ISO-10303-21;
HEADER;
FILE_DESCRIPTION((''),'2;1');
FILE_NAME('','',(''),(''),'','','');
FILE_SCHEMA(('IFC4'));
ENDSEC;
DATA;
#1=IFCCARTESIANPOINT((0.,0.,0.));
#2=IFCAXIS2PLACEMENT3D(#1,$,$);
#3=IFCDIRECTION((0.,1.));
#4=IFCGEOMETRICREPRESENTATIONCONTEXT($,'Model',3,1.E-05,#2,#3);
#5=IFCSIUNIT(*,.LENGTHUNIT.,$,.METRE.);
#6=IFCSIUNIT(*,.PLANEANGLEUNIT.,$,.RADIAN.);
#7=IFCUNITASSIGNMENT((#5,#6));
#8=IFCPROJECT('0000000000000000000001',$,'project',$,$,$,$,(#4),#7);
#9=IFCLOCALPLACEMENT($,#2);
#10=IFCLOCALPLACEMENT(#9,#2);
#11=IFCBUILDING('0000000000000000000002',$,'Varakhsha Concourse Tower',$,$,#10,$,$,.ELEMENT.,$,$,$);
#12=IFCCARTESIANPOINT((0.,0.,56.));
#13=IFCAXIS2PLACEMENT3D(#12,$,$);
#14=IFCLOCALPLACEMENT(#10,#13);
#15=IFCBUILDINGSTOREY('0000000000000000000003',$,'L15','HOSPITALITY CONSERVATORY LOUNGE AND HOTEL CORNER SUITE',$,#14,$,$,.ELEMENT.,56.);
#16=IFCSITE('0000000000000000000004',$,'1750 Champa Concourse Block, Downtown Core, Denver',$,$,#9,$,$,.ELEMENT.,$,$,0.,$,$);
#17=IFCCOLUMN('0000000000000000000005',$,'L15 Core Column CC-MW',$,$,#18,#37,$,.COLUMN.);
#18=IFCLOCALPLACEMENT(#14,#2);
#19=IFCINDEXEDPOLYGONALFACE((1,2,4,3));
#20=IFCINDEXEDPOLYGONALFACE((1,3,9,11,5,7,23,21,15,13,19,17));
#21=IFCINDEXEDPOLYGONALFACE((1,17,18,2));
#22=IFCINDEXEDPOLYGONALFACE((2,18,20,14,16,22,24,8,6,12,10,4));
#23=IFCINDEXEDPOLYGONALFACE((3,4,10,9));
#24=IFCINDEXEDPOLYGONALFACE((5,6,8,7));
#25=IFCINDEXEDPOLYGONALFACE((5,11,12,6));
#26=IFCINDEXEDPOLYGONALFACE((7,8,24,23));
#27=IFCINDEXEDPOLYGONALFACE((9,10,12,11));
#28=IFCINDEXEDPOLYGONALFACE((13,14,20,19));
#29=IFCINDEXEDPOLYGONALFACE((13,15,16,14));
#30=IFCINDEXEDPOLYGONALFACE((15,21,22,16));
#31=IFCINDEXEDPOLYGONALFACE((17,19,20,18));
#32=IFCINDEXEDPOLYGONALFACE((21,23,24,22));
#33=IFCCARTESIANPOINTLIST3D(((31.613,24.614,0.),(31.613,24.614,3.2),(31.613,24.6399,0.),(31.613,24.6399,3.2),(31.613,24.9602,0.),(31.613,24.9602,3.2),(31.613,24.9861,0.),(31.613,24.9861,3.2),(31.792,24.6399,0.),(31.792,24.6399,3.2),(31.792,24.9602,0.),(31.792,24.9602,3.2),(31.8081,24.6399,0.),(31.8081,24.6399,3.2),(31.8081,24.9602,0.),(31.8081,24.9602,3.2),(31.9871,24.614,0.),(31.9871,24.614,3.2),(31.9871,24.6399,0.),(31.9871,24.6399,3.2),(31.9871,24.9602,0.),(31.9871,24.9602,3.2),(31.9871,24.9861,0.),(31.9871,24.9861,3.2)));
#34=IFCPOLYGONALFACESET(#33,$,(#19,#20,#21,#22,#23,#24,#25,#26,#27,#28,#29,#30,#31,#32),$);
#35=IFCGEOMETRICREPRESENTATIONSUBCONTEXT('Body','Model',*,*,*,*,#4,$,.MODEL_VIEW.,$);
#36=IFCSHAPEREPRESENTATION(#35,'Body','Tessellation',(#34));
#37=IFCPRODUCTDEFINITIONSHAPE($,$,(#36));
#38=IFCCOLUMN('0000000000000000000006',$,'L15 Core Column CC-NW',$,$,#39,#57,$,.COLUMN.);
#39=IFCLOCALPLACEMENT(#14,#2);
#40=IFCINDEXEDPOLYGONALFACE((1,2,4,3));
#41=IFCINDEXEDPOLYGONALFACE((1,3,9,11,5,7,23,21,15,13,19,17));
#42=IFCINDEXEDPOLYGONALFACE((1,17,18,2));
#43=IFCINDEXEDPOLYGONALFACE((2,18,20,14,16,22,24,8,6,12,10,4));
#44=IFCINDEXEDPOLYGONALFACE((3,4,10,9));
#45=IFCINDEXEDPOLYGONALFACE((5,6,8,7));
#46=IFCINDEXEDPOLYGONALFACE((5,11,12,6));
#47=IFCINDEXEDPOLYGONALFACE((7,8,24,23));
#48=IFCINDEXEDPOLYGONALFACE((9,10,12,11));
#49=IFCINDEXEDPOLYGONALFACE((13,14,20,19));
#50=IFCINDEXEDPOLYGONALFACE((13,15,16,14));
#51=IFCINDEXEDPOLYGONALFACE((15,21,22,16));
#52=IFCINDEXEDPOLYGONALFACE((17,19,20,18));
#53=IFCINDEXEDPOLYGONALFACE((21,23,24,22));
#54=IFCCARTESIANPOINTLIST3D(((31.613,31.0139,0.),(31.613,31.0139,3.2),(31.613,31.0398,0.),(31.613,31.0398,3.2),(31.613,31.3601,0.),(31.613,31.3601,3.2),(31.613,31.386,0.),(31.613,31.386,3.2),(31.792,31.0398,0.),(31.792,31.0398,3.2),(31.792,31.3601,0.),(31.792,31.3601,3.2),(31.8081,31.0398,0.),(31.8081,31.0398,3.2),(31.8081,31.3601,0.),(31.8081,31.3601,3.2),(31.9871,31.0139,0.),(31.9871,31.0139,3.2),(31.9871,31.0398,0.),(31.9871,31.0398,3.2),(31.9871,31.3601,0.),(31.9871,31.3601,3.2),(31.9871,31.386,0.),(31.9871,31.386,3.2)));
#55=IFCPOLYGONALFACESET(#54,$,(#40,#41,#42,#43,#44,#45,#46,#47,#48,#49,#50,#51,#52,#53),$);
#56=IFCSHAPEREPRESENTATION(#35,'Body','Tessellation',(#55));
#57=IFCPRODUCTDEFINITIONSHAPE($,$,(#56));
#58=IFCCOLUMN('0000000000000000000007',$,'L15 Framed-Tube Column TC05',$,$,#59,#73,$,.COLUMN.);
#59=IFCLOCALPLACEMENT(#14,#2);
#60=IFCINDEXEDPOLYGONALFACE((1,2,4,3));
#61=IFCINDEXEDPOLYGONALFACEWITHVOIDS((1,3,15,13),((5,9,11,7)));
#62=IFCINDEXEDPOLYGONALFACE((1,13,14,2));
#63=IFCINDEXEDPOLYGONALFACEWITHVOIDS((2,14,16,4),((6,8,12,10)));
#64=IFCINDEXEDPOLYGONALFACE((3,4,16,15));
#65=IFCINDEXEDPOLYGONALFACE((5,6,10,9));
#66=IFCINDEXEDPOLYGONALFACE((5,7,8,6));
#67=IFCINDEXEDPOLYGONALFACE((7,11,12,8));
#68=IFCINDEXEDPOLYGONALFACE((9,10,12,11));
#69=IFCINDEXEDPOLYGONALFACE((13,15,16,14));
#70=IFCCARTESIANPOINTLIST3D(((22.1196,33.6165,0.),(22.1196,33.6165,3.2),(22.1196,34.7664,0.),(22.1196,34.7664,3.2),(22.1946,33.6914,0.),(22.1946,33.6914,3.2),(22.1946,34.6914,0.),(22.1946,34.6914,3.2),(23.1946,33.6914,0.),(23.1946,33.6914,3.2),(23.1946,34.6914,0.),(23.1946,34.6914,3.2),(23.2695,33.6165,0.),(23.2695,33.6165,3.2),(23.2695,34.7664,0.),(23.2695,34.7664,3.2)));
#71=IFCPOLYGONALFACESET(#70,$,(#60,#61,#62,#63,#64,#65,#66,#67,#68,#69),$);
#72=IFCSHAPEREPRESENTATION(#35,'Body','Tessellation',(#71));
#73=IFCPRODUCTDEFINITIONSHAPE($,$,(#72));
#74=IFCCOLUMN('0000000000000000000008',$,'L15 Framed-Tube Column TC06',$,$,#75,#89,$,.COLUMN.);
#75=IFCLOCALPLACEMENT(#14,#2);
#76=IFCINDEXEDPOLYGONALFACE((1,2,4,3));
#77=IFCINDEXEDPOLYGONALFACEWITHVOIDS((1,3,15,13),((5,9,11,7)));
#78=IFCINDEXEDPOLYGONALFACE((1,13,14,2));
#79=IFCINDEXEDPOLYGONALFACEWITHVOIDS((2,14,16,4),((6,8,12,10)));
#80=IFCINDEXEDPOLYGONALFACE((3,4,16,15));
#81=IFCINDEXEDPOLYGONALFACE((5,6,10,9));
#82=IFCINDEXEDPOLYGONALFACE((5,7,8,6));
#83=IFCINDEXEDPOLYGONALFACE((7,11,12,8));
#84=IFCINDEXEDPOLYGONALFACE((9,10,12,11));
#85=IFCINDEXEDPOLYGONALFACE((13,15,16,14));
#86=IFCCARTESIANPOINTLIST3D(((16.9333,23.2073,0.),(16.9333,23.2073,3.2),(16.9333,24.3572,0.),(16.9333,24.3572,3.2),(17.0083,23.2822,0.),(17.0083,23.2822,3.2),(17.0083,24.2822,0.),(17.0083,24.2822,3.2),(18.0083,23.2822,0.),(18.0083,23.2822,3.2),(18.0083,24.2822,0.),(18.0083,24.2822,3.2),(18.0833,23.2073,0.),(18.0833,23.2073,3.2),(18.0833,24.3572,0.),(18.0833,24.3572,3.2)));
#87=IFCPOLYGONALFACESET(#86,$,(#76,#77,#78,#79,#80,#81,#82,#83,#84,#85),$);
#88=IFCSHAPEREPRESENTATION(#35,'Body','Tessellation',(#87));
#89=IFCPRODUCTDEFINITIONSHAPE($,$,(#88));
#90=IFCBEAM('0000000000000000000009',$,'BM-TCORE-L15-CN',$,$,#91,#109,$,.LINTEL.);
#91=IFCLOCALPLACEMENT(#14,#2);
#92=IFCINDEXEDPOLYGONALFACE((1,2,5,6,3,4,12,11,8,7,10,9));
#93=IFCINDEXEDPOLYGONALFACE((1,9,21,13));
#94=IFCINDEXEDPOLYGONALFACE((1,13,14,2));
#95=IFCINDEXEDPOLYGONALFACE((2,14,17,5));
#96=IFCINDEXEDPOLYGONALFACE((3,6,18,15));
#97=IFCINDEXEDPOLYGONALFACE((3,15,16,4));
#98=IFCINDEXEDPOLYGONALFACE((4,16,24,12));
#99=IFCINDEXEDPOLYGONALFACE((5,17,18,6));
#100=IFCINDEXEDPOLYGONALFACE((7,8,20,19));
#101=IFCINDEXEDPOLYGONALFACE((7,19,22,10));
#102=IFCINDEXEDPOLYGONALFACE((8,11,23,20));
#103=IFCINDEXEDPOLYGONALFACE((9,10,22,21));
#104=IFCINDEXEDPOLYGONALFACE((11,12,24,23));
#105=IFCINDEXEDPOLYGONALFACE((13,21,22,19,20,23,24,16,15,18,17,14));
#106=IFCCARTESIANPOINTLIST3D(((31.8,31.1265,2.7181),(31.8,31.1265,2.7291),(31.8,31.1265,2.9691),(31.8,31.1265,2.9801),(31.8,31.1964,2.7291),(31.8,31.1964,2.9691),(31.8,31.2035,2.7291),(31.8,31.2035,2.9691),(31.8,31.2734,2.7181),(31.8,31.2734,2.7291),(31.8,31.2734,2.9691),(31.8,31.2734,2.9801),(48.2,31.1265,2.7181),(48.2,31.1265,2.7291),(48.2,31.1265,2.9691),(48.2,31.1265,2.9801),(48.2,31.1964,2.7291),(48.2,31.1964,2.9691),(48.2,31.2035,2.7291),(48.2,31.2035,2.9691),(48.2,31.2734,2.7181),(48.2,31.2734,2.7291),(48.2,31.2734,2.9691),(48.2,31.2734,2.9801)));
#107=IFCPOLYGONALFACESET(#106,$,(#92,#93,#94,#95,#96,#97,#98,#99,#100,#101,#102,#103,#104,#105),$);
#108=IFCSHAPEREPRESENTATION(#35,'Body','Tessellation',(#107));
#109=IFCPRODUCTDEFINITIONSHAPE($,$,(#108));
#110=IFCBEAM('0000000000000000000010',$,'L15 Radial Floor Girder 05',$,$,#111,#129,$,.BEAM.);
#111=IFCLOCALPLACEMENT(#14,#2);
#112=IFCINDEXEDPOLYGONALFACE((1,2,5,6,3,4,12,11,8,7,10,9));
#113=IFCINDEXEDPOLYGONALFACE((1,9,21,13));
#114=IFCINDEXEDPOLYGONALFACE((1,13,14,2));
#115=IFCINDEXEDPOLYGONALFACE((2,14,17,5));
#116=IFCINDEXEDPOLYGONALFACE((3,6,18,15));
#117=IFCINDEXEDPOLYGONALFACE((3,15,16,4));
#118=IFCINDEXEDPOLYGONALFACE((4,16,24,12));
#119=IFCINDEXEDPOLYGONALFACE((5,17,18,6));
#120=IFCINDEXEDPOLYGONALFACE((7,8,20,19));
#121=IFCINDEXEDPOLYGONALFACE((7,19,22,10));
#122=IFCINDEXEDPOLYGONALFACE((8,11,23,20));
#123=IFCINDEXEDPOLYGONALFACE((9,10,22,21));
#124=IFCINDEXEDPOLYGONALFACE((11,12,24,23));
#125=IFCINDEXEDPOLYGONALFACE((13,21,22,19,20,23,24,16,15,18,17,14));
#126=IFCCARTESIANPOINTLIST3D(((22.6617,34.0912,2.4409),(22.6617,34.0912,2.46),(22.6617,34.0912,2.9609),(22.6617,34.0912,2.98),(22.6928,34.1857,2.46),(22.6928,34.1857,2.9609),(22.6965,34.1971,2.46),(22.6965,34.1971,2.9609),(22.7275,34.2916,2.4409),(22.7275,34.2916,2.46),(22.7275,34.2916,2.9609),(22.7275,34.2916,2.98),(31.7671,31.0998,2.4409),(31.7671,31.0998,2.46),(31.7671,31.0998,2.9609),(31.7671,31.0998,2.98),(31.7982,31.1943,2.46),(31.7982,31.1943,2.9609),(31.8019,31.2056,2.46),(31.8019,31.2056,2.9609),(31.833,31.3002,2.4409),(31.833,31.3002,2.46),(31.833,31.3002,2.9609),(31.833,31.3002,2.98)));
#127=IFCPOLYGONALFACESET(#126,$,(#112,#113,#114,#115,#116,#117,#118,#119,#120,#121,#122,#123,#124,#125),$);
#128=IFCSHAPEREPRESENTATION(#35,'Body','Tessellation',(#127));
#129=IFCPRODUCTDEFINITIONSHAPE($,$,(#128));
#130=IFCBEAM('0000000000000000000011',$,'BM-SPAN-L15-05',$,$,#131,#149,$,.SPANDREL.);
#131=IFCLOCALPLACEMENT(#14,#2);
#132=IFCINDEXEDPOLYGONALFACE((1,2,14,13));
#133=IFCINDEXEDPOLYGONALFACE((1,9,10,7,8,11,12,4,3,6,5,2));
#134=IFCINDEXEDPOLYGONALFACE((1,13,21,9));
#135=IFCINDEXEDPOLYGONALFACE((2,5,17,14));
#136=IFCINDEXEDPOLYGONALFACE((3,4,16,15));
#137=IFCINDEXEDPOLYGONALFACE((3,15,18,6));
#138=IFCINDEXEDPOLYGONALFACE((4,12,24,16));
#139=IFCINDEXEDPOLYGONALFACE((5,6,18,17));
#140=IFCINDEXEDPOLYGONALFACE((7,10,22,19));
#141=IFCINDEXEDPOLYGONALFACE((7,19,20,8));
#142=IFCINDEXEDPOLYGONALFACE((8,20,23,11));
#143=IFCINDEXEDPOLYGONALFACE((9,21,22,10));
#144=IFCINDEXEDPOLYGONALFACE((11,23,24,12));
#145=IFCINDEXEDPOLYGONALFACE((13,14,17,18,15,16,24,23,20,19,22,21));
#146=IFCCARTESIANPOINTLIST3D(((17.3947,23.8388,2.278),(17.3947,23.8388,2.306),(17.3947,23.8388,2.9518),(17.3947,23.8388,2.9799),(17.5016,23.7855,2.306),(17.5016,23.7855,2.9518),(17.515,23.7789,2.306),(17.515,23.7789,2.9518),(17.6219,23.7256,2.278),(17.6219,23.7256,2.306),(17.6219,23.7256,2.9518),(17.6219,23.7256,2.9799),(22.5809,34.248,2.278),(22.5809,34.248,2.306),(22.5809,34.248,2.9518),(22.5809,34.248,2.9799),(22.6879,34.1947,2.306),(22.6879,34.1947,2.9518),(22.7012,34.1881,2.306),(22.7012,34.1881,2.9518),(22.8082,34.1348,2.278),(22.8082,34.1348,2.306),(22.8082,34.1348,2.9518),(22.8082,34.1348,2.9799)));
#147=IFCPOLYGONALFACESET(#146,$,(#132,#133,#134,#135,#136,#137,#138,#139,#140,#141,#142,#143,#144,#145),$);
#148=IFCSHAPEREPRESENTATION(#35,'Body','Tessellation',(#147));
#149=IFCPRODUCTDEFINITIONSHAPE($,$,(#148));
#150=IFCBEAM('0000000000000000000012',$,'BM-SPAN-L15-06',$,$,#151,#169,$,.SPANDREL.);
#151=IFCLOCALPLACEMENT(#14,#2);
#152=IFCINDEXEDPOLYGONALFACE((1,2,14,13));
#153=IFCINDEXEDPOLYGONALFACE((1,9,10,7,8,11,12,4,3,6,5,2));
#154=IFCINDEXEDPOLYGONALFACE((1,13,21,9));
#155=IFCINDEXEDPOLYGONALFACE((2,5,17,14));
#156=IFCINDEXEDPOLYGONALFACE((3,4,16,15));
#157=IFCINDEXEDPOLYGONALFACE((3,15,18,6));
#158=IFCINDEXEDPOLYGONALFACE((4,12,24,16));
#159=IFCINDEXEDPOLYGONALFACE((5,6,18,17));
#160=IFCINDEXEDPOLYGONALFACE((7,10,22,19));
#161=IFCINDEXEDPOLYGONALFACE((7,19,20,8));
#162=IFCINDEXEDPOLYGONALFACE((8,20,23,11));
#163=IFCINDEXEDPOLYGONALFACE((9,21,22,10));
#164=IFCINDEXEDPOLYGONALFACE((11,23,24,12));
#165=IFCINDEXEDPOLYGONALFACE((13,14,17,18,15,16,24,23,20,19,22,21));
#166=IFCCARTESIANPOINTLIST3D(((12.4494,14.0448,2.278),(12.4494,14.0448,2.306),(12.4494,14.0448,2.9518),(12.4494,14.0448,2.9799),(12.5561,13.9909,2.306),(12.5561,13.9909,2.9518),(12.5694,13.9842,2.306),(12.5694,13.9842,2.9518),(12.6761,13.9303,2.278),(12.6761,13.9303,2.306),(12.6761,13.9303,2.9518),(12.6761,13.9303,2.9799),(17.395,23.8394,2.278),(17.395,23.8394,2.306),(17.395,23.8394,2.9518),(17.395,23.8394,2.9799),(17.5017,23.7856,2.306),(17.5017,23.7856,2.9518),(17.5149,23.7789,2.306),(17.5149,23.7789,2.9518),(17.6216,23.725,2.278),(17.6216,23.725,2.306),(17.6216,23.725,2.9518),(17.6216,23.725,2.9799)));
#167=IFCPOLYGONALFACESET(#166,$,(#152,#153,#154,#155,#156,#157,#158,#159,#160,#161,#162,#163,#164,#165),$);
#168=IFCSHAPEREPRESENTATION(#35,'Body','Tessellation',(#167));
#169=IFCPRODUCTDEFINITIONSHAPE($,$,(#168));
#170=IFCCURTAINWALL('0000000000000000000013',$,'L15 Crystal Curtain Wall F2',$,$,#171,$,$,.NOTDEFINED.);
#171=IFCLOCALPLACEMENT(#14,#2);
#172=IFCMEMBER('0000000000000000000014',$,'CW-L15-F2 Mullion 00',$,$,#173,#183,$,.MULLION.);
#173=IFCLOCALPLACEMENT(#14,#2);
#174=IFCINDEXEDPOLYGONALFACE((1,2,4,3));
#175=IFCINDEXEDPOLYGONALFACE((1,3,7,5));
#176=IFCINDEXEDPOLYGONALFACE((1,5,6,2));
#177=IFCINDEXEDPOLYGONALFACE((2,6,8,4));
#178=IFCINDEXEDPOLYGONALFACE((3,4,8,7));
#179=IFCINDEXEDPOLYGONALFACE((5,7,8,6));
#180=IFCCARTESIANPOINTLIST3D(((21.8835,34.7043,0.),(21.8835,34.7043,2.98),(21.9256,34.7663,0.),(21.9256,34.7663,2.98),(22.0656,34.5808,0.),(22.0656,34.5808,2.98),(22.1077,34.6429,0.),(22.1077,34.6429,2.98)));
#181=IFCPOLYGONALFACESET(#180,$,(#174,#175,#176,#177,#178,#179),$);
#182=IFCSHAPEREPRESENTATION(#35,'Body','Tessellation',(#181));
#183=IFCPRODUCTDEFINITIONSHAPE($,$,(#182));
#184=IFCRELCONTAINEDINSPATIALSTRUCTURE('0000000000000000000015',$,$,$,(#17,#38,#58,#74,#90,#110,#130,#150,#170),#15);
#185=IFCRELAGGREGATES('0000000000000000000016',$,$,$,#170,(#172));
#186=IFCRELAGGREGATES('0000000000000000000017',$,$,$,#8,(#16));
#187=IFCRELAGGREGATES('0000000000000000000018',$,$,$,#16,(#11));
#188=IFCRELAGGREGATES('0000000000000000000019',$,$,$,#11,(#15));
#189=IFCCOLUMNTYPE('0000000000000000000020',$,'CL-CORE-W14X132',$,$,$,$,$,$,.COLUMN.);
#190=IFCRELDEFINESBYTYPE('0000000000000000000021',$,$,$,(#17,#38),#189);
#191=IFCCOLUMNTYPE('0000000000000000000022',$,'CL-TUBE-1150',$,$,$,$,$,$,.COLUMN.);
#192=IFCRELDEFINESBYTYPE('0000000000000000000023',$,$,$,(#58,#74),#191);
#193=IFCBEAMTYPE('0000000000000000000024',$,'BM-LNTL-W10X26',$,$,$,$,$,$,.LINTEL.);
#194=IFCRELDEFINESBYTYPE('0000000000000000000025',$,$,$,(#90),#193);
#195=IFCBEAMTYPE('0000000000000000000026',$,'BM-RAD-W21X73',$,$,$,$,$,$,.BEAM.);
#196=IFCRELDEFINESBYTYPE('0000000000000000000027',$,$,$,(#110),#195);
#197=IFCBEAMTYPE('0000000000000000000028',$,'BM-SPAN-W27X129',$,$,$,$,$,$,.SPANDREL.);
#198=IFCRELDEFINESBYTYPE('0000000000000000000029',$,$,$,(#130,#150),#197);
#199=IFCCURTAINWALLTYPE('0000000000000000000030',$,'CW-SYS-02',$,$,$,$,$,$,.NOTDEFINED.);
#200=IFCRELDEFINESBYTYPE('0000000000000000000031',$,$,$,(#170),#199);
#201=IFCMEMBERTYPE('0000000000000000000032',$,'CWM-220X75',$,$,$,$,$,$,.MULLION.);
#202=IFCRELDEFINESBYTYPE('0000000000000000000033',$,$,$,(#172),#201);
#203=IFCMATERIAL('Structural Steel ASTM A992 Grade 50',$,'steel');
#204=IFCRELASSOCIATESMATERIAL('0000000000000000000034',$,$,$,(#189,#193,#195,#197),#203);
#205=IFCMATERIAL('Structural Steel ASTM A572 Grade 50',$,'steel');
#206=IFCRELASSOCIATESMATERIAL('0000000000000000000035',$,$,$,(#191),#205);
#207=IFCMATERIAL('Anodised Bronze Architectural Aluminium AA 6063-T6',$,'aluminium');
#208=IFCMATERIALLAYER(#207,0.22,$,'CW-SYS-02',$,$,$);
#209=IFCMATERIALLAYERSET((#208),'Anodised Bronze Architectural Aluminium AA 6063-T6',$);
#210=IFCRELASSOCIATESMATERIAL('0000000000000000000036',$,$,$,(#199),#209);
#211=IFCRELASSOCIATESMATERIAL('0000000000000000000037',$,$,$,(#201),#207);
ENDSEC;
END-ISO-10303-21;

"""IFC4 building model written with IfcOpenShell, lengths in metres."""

from ifc_helpers import new_model, si_unit, direction, frame, origin, origin_2d, place, context, subcontext, project, spatial, rectangle, hollow_rectangle, i_section, extrude, source, transform, mapped, material, layer, layer_set, material_profile, profile_set, type_object, type_shapes, element, aggregate, save


model = new_model("IFC4")

# Units and contexts
model_context = context("Model", 3, precision=1e-05, world=origin(), true_north=direction((0.0, 1.0)))
body_context = subcontext(model_context, "Body", "Model", "MODEL_VIEW")
ifc_project = project(units=[si_unit("LENGTHUNIT", "METRE"), si_unit("PLANEANGLEUNIT", "RADIAN")], contexts=[model_context])

# Site, building, storey
site_placement = place(None, origin())
site = spatial("IfcSite", under=ifc_project, at=site_placement, Name="1750 Champa Concourse Block, Downtown Core, Denver", CompositionType="ELEMENT", RefElevation=0.0)
building_placement = place(site_placement, origin())
building = spatial("IfcBuilding", under=site, at=building_placement, Name="Varakhsha Concourse Tower", CompositionType="ELEMENT")
storey_placement = place(building_placement, frame((0.0, 0.0, 56.0)))
storey = spatial("IfcBuildingStorey", under=building, at=storey_placement, Name="L15", Description="HOSPITALITY CONSERVATORY LOUNGE AND HOTEL CORNER SUITE", CompositionType="ELEMENT", Elevation=56.0)

# Columns
ifc_material_1 = material(Name="Structural Steel ASTM A992 Grade 50", Category="steel")
ifc_material_profile_1 = material_profile(ifc_material_1, i_section(OverallWidth=0.374, OverallDepth=0.3721, WebThickness=0.0161, FlangeThickness=0.0259, at=origin_2d()), Name="W14X132")
ifc_profile_set_1 = profile_set([ifc_material_profile_1], Name="Structural Steel ASTM A992 Grade 50")
column_type_1 = type_object("IfcColumnType", Name="CL-CORE-W14X132", PredefinedType="COLUMN", material=ifc_profile_set_1)
for number, where, z_axis, x_axis, name in (
    (1, (31.8, 24.8, 0.0), (0.0, 0.0, 1.0), (1.0, 0.0, 0.0), "L15 Core Column CC-MW"),
    (2, (31.8, 31.2, 0.0), (0.0, 0.0, 1.0), (1.0, 0.0, 0.0), "L15 Core Column CC-NW"),
):
    element("IfcColumn", number, at=place(storey_placement, frame(where, z_axis=z_axis, x_axis=x_axis)), inside=storey, type_object=column_type_1, Name=name, PredefinedType="COLUMN", context=body_context, shape_type="SweptSolid", body=[
        extrude(i_section(OverallWidth=0.374, OverallDepth=0.3721, WebThickness=0.0161, FlangeThickness=0.0259, at=origin_2d()), origin(), (0.0, 0.0, 1.0), 3.2),
    ])
ifc_material_2 = material(Name="Structural Steel ASTM A572 Grade 50", Category="steel")
ifc_material_profile_2 = material_profile(ifc_material_2, hollow_rectangle(XDim=1.1499, YDim=1.1499, WallThickness=0.075, at=origin_2d()), Name="BOX 1150x1150x75")
ifc_profile_set_2 = profile_set([ifc_material_profile_2], Name="Structural Steel ASTM A572 Grade 50")
column_type_2 = type_object("IfcColumnType", Name="CL-TUBE-1150", PredefinedType="COLUMN", material=ifc_profile_set_2)
for number, where, z_axis, x_axis, name in (
    (3, (22.6946, 34.1914, 0.0), (0.0, 0.0, 1.0), (1.0, 0.0, 0.0), "L15 Framed-Tube Column TC05"),
    (4, (17.5083, 23.7822, 0.0), (0.0, 0.0, 1.0), (1.0, 0.0, 0.0), "L15 Framed-Tube Column TC06"),
):
    element("IfcColumn", number, at=place(storey_placement, frame(where, z_axis=z_axis, x_axis=x_axis)), inside=storey, type_object=column_type_2, Name=name, PredefinedType="COLUMN", context=body_context, shape_type="SweptSolid", body=[
        extrude(hollow_rectangle(XDim=1.1499, YDim=1.1499, WallThickness=0.075, at=origin_2d()), origin(), (0.0, 0.0, 1.0), 3.2),
    ])

# Beams
ifc_material_profile_3 = material_profile(ifc_material_1, i_section(OverallWidth=0.147, OverallDepth=0.262, WebThickness=0.0071, FlangeThickness=0.011, at=origin_2d()), Name="W10X26")
ifc_profile_set_3 = profile_set([ifc_material_profile_3], Name="Structural Steel ASTM A992 Grade 50")
beam_type_1 = type_object("IfcBeamType", Name="BM-LNTL-W10X26", PredefinedType="LINTEL", material=ifc_profile_set_3)
beam_1_placement = place(storey_placement, frame((31.8, 31.2, 2.8491), z_axis=(1.0, 0.0, 0.0), x_axis=(0.0, 1.0, 0.0)))
element("IfcBeam", 5, at=beam_1_placement, inside=storey, type_object=beam_type_1, Name="BM-TCORE-L15-CN", PredefinedType="LINTEL", context=body_context, shape_type="SweptSolid", body=[
    extrude(i_section(OverallWidth=0.147, OverallDepth=0.262, WebThickness=0.0071, FlangeThickness=0.011, at=origin_2d()), origin(), (0.0, 0.0, 1.0), 16.3999),
])
ifc_material_profile_4 = material_profile(ifc_material_1, i_section(OverallWidth=0.2109, OverallDepth=0.5391, WebThickness=0.012, FlangeThickness=0.019, at=origin_2d()), Name="W21X73")
ifc_profile_set_4 = profile_set([ifc_material_profile_4], Name="Structural Steel ASTM A992 Grade 50")
beam_type_2 = type_object("IfcBeamType", Name="BM-RAD-W21X73", PredefinedType="BEAM", material=ifc_profile_set_4)
beam_2_placement = place(storey_placement, frame((31.8, 31.2, 2.7104), z_axis=(-0.950042, 0.312121, 0.0), x_axis=(-0.312121, -0.950042, 0.0)))
element("IfcBeam", 6, at=beam_2_placement, inside=storey, type_object=beam_type_2, Name="L15 Radial Floor Girder 05", PredefinedType="BEAM", context=body_context, shape_type="SweptSolid", body=[
    extrude(i_section(OverallWidth=0.2109, OverallDepth=0.5391, WebThickness=0.012, FlangeThickness=0.019, at=origin_2d()), origin(), (0.0, 0.0, 1.0), 9.5842),
])
ifc_material_profile_5 = material_profile(ifc_material_1, i_section(OverallWidth=0.2539, OverallDepth=0.7019, WebThickness=0.0149, FlangeThickness=0.0281, at=origin_2d()), Name="W27X129")
ifc_profile_set_5 = profile_set([ifc_material_profile_5], Name="Structural Steel ASTM A992 Grade 50")
beam_type_3 = type_object("IfcBeamType", Name="BM-SPAN-W27X129", PredefinedType="SPANDREL", material=ifc_profile_set_5)
beam_3_placement = place(storey_placement, frame((22.6946, 34.1914, 2.6289), z_axis=(-0.445954, -0.895056, 0.0), x_axis=(0.895056, -0.445954, 0.0)))
element("IfcBeam", 7, at=beam_3_placement, inside=storey, type_object=beam_type_3, Name="BM-SPAN-L15-05", PredefinedType="SPANDREL", context=body_context, shape_type="SweptSolid", body=[
    extrude(i_section(OverallWidth=0.2539, OverallDepth=0.7019, WebThickness=0.0149, FlangeThickness=0.0281, at=origin_2d()), origin(), (0.0, 0.0, 1.0), 11.6296),
])
beam_4_placement = place(storey_placement, frame((17.5083, 23.7822, 2.6289), z_axis=(-0.450726, -0.892663, 0.0), x_axis=(0.892663, -0.450726, 0.0)))
element("IfcBeam", 8, at=beam_4_placement, inside=storey, type_object=beam_type_3, Name="BM-SPAN-L15-06", PredefinedType="SPANDREL", context=body_context, shape_type="SweptSolid", body=[
    extrude(i_section(OverallWidth=0.2539, OverallDepth=0.7019, WebThickness=0.0149, FlangeThickness=0.0281, at=origin_2d()), origin(), (0.0, 0.0, 1.0), 10.9724),
])

# Curtain wall, member
ifc_material_3 = material(Name="Anodised Bronze Architectural Aluminium AA 6063-T6", Category="aluminium")
ifc_layer_1 = layer(ifc_material_3, 0.22, Name="CW-SYS-02")
ifc_layer_set_1 = layer_set([ifc_layer_1], Name="Anodised Bronze Architectural Aluminium AA 6063-T6")
curtain_wall_type = type_object("IfcCurtainWallType", Name="CW-SYS-02", PredefinedType="NOTDEFINED", material=ifc_layer_set_1)
curtain_wall_1_placement = place(storey_placement, origin())
curtain_wall_1 = element("IfcCurtainWall", 9, at=curtain_wall_1_placement, inside=storey, type_object=curtain_wall_type, Name="L15 Crystal Curtain Wall F2", PredefinedType="NOTDEFINED")
ifc_material_profile_6 = material_profile(ifc_material_3, rectangle(XDim=0.075, YDim=0.22, at=origin_2d()), Name="CWM-220X75")
ifc_profile_set_6 = profile_set([ifc_material_profile_6], Name="Anodised Bronze Architectural Aluminium AA 6063-T6")
member_type = type_object("IfcMemberType", Name="CWM-220X75", PredefinedType="MULLION", material=ifc_profile_set_6)
shared_shape_1 = source(origin(), body_context, "Body", "SweptSolid", [
    extrude(rectangle(XDim=0.075, YDim=0.22, at=origin_2d()), origin(), (0.0, 0.0, 1.0), 2.98),
])
type_shapes(member_type, [shared_shape_1])
member_1_placement = place(storey_placement, frame((21.9956, 34.6736, 0.0), z_axis=(0.0, 0.0, 1.0), x_axis=(0.561392, 0.82755, 0.0)))
member_1 = element("IfcMember", 10, at=member_1_placement, type_object=member_type, Name="CW-L15-F2 Mullion 00", PredefinedType="MULLION", context=body_context, shape_type="MappedRepresentation", body=[
    mapped(shared_shape_1, transform((0.0, 0.0, 0.0), scale=1.0)),
])
aggregate(curtain_wall_1, [member_1])

save(model, "model.ifc")
